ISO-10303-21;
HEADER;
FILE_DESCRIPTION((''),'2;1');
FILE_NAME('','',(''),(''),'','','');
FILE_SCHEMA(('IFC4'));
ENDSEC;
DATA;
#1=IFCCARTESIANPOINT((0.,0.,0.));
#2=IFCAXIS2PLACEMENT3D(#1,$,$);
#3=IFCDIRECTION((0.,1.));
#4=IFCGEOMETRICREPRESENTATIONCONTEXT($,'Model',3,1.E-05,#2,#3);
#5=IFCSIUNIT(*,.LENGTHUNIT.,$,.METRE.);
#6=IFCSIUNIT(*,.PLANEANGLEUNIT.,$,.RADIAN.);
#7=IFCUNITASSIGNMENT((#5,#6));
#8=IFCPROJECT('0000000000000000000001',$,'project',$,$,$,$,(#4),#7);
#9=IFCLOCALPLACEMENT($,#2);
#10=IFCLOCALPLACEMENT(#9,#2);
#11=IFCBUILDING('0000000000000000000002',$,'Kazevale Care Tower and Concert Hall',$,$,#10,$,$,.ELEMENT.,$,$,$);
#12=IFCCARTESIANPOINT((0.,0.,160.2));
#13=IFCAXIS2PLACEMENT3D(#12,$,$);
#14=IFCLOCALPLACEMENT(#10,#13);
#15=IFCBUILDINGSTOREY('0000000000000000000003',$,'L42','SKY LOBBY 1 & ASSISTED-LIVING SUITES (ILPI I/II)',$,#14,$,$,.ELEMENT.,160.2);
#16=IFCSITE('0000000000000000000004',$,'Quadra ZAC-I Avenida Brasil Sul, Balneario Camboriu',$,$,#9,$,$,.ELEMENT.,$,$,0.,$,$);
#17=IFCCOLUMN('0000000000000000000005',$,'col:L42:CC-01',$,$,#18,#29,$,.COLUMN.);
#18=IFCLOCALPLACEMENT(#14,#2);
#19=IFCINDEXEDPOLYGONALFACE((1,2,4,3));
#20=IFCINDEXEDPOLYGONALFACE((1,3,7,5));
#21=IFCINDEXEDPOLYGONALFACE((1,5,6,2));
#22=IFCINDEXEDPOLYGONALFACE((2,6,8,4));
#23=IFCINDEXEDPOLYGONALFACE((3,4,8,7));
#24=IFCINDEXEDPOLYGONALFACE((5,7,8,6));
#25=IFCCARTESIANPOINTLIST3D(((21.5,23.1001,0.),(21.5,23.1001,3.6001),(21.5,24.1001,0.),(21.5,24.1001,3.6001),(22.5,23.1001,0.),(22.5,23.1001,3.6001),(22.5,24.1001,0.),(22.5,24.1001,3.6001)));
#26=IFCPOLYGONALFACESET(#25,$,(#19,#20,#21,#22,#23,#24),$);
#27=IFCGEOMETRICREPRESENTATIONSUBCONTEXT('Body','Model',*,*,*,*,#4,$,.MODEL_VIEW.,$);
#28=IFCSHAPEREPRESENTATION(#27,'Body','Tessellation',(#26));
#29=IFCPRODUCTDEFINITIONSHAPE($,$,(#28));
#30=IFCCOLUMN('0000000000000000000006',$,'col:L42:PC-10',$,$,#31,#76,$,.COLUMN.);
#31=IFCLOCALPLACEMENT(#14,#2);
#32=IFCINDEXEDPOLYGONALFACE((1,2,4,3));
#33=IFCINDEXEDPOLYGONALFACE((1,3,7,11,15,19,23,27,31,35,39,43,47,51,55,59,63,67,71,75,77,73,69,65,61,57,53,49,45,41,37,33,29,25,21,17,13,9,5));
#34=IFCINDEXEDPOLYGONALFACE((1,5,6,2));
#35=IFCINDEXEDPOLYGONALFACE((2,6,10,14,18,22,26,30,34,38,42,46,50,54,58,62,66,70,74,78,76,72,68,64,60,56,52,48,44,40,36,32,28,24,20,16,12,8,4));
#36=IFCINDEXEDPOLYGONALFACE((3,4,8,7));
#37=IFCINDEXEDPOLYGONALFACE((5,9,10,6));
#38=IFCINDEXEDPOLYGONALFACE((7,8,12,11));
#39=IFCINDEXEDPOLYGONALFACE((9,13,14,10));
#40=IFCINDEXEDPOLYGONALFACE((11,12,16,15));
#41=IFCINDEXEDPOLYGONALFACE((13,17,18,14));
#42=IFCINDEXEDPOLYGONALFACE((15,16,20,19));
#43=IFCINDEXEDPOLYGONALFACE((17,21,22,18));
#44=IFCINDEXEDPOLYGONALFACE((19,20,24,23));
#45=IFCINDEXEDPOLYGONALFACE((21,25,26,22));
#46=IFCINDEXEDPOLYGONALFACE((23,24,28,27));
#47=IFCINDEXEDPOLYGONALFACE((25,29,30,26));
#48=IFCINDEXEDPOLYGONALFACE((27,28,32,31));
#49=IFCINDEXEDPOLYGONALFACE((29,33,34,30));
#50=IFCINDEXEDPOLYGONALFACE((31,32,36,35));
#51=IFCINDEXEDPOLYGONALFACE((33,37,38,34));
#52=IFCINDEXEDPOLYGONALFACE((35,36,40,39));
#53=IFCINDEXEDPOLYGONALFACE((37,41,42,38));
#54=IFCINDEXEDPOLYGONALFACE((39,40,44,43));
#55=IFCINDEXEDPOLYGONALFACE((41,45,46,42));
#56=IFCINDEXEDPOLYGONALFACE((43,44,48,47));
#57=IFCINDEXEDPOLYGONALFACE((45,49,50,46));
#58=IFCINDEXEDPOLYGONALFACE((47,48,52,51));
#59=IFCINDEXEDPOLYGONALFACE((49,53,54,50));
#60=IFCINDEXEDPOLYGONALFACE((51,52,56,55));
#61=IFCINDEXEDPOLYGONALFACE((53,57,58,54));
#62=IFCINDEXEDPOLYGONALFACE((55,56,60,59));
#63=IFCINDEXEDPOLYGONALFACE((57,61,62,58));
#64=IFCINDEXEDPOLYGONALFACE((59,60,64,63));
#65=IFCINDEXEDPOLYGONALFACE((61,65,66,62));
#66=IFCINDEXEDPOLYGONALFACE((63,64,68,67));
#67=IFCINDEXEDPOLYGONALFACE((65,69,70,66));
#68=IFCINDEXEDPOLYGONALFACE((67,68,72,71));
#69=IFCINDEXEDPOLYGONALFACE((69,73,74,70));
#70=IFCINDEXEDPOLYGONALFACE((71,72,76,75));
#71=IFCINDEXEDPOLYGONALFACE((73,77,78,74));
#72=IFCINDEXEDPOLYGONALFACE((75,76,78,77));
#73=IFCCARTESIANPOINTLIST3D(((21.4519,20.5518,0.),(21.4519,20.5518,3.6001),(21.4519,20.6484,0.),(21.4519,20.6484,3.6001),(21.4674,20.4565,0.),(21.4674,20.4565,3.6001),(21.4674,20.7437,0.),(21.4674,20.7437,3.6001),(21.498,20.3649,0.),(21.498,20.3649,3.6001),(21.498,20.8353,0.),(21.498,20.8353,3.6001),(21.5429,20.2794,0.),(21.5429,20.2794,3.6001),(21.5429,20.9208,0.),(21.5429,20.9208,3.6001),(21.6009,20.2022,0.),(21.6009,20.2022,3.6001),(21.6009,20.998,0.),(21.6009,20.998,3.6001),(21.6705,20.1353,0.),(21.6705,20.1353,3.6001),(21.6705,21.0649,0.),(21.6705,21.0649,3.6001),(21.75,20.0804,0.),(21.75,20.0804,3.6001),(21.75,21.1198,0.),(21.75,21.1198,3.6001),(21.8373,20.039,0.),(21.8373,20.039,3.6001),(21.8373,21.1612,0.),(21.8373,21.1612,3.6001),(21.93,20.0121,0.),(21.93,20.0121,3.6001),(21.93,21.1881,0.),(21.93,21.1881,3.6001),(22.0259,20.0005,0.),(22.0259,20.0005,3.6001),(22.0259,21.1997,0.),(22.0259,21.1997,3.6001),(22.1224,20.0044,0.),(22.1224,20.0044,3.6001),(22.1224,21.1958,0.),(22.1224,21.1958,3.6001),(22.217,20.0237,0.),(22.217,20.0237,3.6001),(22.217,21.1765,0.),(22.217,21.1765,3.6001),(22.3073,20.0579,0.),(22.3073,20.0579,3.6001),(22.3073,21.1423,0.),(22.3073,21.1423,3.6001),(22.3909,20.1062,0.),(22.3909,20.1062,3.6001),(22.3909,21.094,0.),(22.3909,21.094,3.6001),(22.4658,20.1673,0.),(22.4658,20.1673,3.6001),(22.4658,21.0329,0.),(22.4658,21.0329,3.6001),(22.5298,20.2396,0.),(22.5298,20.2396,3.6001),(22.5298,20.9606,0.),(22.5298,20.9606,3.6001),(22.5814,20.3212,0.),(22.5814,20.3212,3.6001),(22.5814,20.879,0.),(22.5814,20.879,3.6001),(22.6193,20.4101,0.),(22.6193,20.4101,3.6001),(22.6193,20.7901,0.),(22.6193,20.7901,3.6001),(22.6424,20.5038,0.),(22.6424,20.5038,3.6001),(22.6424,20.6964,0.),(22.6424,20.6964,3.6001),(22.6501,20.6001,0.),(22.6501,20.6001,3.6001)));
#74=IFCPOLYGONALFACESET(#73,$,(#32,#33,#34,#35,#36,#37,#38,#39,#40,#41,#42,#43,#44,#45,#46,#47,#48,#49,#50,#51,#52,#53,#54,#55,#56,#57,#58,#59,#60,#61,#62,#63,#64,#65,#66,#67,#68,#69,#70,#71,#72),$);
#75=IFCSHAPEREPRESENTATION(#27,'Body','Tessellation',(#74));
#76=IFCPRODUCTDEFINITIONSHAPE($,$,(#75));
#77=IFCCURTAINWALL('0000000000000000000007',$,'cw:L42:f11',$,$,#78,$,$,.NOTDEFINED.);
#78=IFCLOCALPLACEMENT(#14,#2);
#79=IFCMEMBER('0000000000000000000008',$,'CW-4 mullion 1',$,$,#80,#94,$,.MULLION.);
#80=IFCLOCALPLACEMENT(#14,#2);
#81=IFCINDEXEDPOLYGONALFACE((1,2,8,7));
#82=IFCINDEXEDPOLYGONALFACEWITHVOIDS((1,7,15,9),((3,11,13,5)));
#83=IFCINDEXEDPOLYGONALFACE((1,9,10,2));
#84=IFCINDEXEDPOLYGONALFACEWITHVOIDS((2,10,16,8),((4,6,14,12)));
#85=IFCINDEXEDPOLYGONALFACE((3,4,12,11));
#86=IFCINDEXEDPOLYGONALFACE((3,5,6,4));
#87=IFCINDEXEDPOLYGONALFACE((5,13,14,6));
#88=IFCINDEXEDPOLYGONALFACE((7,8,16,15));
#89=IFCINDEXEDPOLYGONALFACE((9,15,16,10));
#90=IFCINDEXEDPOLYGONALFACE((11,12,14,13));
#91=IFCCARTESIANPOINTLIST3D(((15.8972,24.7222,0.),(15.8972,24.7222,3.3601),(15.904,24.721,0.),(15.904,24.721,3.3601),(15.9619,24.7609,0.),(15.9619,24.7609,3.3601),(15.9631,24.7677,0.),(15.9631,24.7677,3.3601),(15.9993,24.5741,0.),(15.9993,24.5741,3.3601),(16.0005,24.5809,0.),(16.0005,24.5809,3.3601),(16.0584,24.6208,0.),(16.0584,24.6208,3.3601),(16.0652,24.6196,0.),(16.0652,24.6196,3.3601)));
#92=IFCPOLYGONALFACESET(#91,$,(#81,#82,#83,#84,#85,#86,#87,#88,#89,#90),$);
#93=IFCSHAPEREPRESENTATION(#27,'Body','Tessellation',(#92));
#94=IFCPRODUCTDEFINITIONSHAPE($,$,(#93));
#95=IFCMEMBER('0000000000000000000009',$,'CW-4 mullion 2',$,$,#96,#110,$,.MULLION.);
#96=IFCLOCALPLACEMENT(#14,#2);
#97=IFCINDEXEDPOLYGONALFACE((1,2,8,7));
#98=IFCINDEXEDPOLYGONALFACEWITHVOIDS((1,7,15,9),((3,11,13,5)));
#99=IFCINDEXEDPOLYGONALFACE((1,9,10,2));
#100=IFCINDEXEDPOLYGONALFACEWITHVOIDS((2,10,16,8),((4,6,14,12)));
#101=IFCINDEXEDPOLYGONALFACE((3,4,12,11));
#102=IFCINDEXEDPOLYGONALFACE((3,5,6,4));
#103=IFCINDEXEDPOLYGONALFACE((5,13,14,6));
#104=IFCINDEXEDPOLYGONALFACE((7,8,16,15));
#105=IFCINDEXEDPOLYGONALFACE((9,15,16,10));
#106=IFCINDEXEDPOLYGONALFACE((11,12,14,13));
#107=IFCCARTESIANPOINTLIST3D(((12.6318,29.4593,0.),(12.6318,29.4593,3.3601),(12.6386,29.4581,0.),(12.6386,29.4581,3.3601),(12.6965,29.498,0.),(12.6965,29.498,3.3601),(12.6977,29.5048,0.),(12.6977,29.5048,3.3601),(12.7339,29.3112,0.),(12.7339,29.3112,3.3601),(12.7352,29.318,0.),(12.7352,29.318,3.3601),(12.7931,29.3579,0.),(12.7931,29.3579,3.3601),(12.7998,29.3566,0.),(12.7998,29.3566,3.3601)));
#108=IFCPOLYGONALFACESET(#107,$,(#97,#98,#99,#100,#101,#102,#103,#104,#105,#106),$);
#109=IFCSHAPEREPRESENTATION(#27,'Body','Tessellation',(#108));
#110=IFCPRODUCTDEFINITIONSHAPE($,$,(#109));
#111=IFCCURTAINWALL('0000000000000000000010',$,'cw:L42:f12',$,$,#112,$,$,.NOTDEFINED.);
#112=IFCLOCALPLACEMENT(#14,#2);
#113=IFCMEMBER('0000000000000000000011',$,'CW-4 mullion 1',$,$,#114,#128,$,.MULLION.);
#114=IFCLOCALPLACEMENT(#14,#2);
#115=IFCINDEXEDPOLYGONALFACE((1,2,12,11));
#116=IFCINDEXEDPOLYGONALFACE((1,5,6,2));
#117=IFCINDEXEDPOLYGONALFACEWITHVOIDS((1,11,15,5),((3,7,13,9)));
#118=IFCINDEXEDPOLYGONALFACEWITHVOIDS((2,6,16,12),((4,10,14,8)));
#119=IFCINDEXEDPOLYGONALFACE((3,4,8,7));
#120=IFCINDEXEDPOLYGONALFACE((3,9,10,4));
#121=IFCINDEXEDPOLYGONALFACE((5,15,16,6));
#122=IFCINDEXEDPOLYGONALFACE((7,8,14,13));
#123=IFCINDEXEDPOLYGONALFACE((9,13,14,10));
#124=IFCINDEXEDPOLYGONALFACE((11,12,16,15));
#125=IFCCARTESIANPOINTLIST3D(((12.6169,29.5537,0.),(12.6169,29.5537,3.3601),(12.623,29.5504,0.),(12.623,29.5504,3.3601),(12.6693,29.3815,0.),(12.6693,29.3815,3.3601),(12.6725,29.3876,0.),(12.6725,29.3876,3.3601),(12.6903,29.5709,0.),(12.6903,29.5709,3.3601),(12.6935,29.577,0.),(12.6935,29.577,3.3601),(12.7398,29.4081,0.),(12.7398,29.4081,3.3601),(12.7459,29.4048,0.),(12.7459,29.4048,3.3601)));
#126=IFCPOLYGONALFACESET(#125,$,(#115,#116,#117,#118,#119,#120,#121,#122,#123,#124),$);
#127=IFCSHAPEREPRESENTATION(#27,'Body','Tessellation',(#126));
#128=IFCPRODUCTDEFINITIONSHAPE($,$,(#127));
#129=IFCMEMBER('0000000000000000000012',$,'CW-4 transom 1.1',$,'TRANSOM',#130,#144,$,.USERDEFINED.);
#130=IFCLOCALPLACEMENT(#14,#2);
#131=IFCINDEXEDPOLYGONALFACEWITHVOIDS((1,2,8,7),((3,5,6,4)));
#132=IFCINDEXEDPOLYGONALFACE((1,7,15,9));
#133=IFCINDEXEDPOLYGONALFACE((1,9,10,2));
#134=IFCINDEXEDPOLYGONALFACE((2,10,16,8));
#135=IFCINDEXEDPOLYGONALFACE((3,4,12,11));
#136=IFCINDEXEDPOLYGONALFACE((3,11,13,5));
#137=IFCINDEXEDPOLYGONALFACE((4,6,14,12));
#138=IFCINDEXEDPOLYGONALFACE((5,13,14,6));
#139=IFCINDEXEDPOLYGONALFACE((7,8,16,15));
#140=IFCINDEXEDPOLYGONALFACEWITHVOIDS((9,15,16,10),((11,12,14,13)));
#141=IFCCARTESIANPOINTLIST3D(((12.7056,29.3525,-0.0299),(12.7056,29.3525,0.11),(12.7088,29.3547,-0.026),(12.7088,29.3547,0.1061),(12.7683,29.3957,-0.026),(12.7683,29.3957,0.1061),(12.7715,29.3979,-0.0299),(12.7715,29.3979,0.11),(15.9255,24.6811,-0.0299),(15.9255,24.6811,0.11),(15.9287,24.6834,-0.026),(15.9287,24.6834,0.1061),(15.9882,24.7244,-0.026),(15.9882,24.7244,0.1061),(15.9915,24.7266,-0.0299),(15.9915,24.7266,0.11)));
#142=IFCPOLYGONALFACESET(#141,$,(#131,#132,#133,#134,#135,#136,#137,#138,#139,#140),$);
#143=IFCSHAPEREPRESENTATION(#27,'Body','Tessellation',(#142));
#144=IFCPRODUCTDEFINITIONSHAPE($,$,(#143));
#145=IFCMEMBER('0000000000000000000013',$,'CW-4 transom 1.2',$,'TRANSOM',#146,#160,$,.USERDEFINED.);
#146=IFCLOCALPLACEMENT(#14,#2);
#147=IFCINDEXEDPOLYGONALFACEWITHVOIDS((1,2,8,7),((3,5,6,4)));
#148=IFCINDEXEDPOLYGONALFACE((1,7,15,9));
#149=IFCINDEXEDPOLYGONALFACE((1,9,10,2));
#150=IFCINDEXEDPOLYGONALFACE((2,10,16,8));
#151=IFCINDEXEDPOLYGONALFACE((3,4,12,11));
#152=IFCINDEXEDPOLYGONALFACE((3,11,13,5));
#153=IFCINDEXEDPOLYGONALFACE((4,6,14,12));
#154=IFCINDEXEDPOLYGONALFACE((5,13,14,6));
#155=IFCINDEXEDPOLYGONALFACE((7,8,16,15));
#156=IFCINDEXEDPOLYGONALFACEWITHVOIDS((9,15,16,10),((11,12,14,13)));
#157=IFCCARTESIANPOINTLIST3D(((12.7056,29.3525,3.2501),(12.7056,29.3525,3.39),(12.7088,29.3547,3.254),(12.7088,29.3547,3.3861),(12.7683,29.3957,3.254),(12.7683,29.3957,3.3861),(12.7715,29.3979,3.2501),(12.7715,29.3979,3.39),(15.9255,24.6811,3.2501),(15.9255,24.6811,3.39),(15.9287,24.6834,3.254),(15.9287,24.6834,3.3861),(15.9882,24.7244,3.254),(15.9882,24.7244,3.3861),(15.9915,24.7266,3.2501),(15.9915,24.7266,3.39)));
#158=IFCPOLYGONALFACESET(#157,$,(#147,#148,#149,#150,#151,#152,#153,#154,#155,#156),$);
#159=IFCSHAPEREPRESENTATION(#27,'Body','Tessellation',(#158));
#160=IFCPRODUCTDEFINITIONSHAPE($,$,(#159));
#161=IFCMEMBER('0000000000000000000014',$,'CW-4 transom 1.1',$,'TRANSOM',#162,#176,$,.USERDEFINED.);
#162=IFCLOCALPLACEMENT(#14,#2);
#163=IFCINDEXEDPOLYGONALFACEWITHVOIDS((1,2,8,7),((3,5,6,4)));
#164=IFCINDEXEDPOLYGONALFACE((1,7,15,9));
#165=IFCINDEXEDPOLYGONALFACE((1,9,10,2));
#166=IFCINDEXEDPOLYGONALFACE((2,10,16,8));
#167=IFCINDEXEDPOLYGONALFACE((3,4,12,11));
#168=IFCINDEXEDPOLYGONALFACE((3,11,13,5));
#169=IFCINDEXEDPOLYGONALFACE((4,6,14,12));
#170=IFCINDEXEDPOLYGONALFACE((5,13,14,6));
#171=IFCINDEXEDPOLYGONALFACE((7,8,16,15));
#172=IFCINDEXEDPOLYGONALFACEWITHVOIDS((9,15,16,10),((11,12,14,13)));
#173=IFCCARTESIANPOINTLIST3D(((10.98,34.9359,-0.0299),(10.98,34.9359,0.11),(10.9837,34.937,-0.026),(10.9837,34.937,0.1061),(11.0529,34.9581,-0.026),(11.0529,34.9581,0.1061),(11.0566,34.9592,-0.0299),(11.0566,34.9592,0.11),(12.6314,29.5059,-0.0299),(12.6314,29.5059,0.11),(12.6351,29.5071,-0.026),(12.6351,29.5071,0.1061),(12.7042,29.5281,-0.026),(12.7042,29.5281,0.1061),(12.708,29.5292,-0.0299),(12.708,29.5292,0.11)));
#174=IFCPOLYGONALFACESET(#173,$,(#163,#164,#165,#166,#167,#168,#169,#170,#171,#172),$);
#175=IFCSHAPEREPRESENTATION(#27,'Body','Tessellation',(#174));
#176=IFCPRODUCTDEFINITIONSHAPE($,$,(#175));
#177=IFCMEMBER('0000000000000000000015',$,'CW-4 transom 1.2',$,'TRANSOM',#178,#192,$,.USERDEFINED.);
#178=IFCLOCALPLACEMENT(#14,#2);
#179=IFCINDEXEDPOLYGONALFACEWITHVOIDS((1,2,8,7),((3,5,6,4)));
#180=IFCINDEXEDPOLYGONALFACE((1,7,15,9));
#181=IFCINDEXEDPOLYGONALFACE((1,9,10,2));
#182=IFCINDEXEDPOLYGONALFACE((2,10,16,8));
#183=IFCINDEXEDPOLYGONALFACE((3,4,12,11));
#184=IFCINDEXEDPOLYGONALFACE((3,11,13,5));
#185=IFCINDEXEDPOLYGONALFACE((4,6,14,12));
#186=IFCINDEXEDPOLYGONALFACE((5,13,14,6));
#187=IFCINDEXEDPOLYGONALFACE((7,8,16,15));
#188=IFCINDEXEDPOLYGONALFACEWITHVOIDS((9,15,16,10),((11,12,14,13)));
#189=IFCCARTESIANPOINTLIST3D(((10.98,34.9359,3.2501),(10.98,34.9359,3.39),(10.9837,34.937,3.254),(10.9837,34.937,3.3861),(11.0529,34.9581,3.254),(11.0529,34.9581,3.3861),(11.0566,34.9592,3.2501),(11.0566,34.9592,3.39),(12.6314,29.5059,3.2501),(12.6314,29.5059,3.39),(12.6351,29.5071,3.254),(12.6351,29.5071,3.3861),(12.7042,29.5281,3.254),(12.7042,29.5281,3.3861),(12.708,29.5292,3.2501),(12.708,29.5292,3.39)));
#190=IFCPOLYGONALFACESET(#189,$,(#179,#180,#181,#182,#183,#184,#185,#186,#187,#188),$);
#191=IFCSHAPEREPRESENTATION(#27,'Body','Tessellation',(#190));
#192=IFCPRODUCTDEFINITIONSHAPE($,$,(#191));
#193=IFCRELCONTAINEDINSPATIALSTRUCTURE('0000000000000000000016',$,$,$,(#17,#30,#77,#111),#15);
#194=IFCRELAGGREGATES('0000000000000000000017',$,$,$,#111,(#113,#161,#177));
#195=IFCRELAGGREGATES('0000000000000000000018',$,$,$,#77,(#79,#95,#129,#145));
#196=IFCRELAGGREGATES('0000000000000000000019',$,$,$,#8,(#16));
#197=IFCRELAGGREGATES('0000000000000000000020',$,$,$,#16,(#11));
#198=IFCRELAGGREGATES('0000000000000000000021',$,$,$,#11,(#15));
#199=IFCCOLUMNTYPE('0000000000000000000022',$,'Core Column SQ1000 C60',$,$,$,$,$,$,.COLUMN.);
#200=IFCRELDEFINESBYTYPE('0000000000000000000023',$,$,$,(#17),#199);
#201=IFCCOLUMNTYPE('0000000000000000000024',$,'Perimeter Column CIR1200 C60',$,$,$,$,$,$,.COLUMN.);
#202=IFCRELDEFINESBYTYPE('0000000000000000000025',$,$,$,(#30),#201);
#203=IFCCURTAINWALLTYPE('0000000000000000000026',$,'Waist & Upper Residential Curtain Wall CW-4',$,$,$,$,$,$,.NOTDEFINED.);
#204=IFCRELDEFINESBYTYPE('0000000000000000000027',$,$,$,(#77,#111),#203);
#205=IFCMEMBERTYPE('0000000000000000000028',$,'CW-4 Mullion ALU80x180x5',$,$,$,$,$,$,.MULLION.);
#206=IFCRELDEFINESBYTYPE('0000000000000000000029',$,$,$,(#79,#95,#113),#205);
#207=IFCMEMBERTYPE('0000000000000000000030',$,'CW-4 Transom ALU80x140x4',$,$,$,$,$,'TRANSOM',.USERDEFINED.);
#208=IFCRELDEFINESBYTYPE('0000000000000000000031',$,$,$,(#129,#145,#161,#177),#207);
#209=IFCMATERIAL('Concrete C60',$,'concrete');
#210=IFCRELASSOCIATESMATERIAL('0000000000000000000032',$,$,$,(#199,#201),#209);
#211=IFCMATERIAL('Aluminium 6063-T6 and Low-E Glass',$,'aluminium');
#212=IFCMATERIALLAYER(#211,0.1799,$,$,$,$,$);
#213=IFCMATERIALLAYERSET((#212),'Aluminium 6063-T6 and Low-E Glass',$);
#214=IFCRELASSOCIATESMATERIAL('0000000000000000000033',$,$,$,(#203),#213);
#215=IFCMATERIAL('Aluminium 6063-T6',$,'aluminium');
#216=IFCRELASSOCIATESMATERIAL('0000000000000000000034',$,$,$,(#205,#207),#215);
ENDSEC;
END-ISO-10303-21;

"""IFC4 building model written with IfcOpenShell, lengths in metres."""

from ifc_helpers import new_model, si_unit, direction, frame, origin, origin_2d, place, context, subcontext, project, spatial, rectangle, hollow_rectangle, circle, extrude, material, layer, layer_set, material_profile, profile_set, type_object, element, aggregate, save


model = new_model("IFC4")

# Units and contexts
model_context = context("Model", 3, precision=1e-05, world=origin(), true_north=direction((0.0, 1.0)))
body_context = subcontext(model_context, "Body", "Model", "MODEL_VIEW")
ifc_project = project(units=[si_unit("LENGTHUNIT", "METRE"), si_unit("PLANEANGLEUNIT", "RADIAN")], contexts=[model_context])

# Site, building, storey
site_placement = place(None, origin())
site = spatial("IfcSite", under=ifc_project, at=site_placement, Name="Quadra ZAC-I Avenida Brasil Sul, Balneario Camboriu", CompositionType="ELEMENT", RefElevation=0.0)
building_placement = place(site_placement, origin())
building = spatial("IfcBuilding", under=site, at=building_placement, Name="Kazevale Care Tower and Concert Hall", CompositionType="ELEMENT")
storey_placement = place(building_placement, frame((0.0, 0.0, 160.2)))
storey = spatial("IfcBuildingStorey", under=building, at=storey_placement, Name="L42", Description="SKY LOBBY 1 & ASSISTED-LIVING SUITES (ILPI I/II)", CompositionType="ELEMENT", Elevation=160.2)

# Columns
ifc_material_1 = material(Name="Concrete C60", Category="concrete")
ifc_material_profile_1 = material_profile(ifc_material_1, rectangle(XDim=1.0, YDim=1.0, at=origin_2d()), Name="RC-SQ1000")
ifc_profile_set_1 = profile_set([ifc_material_profile_1], Name="Concrete C60")
column_type_1 = type_object("IfcColumnType", Name="Core Column SQ1000 C60", PredefinedType="COLUMN", material=ifc_profile_set_1)
column_1_placement = place(storey_placement, frame((22.0, 23.6001, 0.0), z_axis=(0.0, 0.0, 1.0), x_axis=(1.0, 0.0, 0.0)))
element("IfcColumn", 1, at=column_1_placement, inside=storey, type_object=column_type_1, Name="col:L42:CC-01", PredefinedType="COLUMN", context=body_context, shape_type="SweptSolid", body=[
    extrude(rectangle(XDim=1.0, YDim=1.0, at=origin_2d()), origin(), (0.0, 0.0, 1.0), 3.6001),
])
ifc_material_profile_2 = material_profile(ifc_material_1, circle(Radius=0.6001, at=origin_2d()), Name="RC-CIR1200")
ifc_profile_set_2 = profile_set([ifc_material_profile_2], Name="Concrete C60")
column_type_2 = type_object("IfcColumnType", Name="Perimeter Column CIR1200 C60", PredefinedType="COLUMN", material=ifc_profile_set_2)
column_2_placement = place(storey_placement, frame((22.05, 20.6001, 0.0), z_axis=(0.0, 0.0, 1.0), x_axis=(1.0, 0.0, 0.0)))
element("IfcColumn", 2, at=column_2_placement, inside=storey, type_object=column_type_2, Name="col:L42:PC-10", PredefinedType="COLUMN", context=body_context, shape_type="SweptSolid", body=[
    extrude(circle(Radius=0.6001, at=origin_2d()), origin(), (0.0, 0.0, 1.0), 3.6001),
])

# Curtain wall, members
ifc_material_2 = material(Name="Aluminium 6063-T6 and Low-E Glass", Category="aluminium")
ifc_layer_1 = layer(ifc_material_2, 0.1799)
ifc_layer_set_1 = layer_set([ifc_layer_1], Name="Aluminium 6063-T6 and Low-E Glass")
curtain_wall_type_1 = type_object("IfcCurtainWallType", Name="Waist & Upper Residential Curtain Wall CW-4", PredefinedType="NOTDEFINED", material=ifc_layer_set_1)
curtain_wall_1_placement = place(storey_placement, origin())
curtain_wall_1 = element("IfcCurtainWall", 3, at=curtain_wall_1_placement, inside=storey, type_object=curtain_wall_type_1, Name="cw:L42:f11", PredefinedType="NOTDEFINED")
ifc_material_3 = material(Name="Aluminium 6063-T6", Category="aluminium")
ifc_material_profile_3 = material_profile(ifc_material_3, hollow_rectangle(XDim=0.0801, YDim=0.1799, WallThickness=0.0049, at=origin_2d()), Name="ALU80x180x5")
ifc_profile_set_3 = profile_set([ifc_material_profile_3], Name="Aluminium 6063-T6")
member_type_1 = type_object("IfcMemberType", Name="CW-4 Mullion ALU80x180x5", PredefinedType="MULLION", material=ifc_profile_set_3)
member_1_placement = place(storey_placement, frame((15.9812, 24.6709, 0.0), z_axis=(0.0, 0.0, 1.0), x_axis=(-0.823326, -0.567569, 0.0)))
member_1 = element("IfcMember", 4, at=member_1_placement, type_object=member_type_1, Name="CW-4 mullion 1", PredefinedType="MULLION", context=body_context, shape_type="SweptSolid", body=[
    extrude(hollow_rectangle(XDim=0.0801, YDim=0.1799, WallThickness=0.0049, at=origin_2d()), origin(), (0.0, 0.0, 1.0), 3.3601),
])
member_2_placement = place(storey_placement, frame((12.7158, 29.408, 0.0), z_axis=(0.0, 0.0, 1.0), x_axis=(-0.823326, -0.567569, 0.0)))
member_2 = element("IfcMember", 5, at=member_2_placement, type_object=member_type_1, Name="CW-4 mullion 2", PredefinedType="MULLION", context=body_context, shape_type="SweptSolid", body=[
    extrude(hollow_rectangle(XDim=0.0801, YDim=0.1799, WallThickness=0.0049, at=origin_2d()), origin(), (0.0, 0.0, 1.0), 3.3601),
])

# Curtain wall, member
curtain_wall_2_placement = place(storey_placement, origin())
curtain_wall_2 = element("IfcCurtainWall", 6, at=curtain_wall_2_placement, inside=storey, type_object=curtain_wall_type_1, Name="cw:L42:f12", PredefinedType="NOTDEFINED")
member_3_placement = place(storey_placement, frame((12.6814, 29.4792, 0.0), z_axis=(0.0, 0.0, 1.0), x_axis=(-0.95673, -0.290977, 0.0)))
member_3 = element("IfcMember", 7, at=member_3_placement, type_object=member_type_1, Name="CW-4 mullion 1", PredefinedType="MULLION", context=body_context, shape_type="SweptSolid", body=[
    extrude(hollow_rectangle(XDim=0.0801, YDim=0.1799, WallThickness=0.0049, at=origin_2d()), origin(), (0.0, 0.0, 1.0), 3.3601),
])

# Members
ifc_material_profile_4 = material_profile(ifc_material_3, hollow_rectangle(XDim=0.0801, YDim=0.1399, WallThickness=0.0039, at=origin_2d()), Name="ALU80x140x4")
ifc_profile_set_4 = profile_set([ifc_material_profile_4], Name="Aluminium 6063-T6")
member_type_2 = type_object("IfcMemberType", Name="CW-4 Transom ALU80x140x4", ElementType="TRANSOM", PredefinedType="USERDEFINED", material=ifc_profile_set_4)
member_4_placement = place(storey_placement, frame((15.9585, 24.7039, 0.04), z_axis=(-0.567533, 0.823351, 0.0), x_axis=(-0.823351, -0.567533, 0.0)))
member_4 = element("IfcMember", 8, at=member_4_placement, type_object=member_type_2, Name="CW-4 transom 1.1", ObjectType="TRANSOM", PredefinedType="USERDEFINED", context=body_context, shape_type="SweptSolid", body=[
    extrude(hollow_rectangle(XDim=0.0801, YDim=0.1399, WallThickness=0.0039, at=origin_2d()), origin(), (0.0, 0.0, 1.0), 5.6736),
])
member_5_placement = place(storey_placement, frame((15.9585, 24.7039, 3.3201), z_axis=(-0.567533, 0.823351, 0.0), x_axis=(-0.823351, -0.567533, 0.0)))
member_5 = element("IfcMember", 9, at=member_5_placement, type_object=member_type_2, Name="CW-4 transom 1.2", ObjectType="TRANSOM", PredefinedType="USERDEFINED", context=body_context, shape_type="SweptSolid", body=[
    extrude(hollow_rectangle(XDim=0.0801, YDim=0.1399, WallThickness=0.0039, at=origin_2d()), origin(), (0.0, 0.0, 1.0), 5.6736),
])
member_6_placement = place(storey_placement, frame((12.6697, 29.5176, 0.04), z_axis=(-0.290965, 0.956734, 0.0), x_axis=(-0.956734, -0.290965, 0.0)))
member_6 = element("IfcMember", 10, at=member_6_placement, type_object=member_type_2, Name="CW-4 transom 1.1", ObjectType="TRANSOM", PredefinedType="USERDEFINED", context=body_context, shape_type="SweptSolid", body=[
    extrude(hollow_rectangle(XDim=0.0801, YDim=0.1399, WallThickness=0.0039, at=origin_2d()), origin(), (0.0, 0.0, 1.0), 5.6755),
])
member_7_placement = place(storey_placement, frame((12.6697, 29.5176, 3.3201), z_axis=(-0.290965, 0.956734, 0.0), x_axis=(-0.956734, -0.290965, 0.0)))
member_7 = element("IfcMember", 11, at=member_7_placement, type_object=member_type_2, Name="CW-4 transom 1.2", ObjectType="TRANSOM", PredefinedType="USERDEFINED", context=body_context, shape_type="SweptSolid", body=[
    extrude(hollow_rectangle(XDim=0.0801, YDim=0.1399, WallThickness=0.0039, at=origin_2d()), origin(), (0.0, 0.0, 1.0), 5.6755),
])
aggregate(curtain_wall_2, [member_3, member_6, member_7])

aggregate(curtain_wall_1, [member_1, member_2, member_4, member_5])

save(model, "model.ifc")
